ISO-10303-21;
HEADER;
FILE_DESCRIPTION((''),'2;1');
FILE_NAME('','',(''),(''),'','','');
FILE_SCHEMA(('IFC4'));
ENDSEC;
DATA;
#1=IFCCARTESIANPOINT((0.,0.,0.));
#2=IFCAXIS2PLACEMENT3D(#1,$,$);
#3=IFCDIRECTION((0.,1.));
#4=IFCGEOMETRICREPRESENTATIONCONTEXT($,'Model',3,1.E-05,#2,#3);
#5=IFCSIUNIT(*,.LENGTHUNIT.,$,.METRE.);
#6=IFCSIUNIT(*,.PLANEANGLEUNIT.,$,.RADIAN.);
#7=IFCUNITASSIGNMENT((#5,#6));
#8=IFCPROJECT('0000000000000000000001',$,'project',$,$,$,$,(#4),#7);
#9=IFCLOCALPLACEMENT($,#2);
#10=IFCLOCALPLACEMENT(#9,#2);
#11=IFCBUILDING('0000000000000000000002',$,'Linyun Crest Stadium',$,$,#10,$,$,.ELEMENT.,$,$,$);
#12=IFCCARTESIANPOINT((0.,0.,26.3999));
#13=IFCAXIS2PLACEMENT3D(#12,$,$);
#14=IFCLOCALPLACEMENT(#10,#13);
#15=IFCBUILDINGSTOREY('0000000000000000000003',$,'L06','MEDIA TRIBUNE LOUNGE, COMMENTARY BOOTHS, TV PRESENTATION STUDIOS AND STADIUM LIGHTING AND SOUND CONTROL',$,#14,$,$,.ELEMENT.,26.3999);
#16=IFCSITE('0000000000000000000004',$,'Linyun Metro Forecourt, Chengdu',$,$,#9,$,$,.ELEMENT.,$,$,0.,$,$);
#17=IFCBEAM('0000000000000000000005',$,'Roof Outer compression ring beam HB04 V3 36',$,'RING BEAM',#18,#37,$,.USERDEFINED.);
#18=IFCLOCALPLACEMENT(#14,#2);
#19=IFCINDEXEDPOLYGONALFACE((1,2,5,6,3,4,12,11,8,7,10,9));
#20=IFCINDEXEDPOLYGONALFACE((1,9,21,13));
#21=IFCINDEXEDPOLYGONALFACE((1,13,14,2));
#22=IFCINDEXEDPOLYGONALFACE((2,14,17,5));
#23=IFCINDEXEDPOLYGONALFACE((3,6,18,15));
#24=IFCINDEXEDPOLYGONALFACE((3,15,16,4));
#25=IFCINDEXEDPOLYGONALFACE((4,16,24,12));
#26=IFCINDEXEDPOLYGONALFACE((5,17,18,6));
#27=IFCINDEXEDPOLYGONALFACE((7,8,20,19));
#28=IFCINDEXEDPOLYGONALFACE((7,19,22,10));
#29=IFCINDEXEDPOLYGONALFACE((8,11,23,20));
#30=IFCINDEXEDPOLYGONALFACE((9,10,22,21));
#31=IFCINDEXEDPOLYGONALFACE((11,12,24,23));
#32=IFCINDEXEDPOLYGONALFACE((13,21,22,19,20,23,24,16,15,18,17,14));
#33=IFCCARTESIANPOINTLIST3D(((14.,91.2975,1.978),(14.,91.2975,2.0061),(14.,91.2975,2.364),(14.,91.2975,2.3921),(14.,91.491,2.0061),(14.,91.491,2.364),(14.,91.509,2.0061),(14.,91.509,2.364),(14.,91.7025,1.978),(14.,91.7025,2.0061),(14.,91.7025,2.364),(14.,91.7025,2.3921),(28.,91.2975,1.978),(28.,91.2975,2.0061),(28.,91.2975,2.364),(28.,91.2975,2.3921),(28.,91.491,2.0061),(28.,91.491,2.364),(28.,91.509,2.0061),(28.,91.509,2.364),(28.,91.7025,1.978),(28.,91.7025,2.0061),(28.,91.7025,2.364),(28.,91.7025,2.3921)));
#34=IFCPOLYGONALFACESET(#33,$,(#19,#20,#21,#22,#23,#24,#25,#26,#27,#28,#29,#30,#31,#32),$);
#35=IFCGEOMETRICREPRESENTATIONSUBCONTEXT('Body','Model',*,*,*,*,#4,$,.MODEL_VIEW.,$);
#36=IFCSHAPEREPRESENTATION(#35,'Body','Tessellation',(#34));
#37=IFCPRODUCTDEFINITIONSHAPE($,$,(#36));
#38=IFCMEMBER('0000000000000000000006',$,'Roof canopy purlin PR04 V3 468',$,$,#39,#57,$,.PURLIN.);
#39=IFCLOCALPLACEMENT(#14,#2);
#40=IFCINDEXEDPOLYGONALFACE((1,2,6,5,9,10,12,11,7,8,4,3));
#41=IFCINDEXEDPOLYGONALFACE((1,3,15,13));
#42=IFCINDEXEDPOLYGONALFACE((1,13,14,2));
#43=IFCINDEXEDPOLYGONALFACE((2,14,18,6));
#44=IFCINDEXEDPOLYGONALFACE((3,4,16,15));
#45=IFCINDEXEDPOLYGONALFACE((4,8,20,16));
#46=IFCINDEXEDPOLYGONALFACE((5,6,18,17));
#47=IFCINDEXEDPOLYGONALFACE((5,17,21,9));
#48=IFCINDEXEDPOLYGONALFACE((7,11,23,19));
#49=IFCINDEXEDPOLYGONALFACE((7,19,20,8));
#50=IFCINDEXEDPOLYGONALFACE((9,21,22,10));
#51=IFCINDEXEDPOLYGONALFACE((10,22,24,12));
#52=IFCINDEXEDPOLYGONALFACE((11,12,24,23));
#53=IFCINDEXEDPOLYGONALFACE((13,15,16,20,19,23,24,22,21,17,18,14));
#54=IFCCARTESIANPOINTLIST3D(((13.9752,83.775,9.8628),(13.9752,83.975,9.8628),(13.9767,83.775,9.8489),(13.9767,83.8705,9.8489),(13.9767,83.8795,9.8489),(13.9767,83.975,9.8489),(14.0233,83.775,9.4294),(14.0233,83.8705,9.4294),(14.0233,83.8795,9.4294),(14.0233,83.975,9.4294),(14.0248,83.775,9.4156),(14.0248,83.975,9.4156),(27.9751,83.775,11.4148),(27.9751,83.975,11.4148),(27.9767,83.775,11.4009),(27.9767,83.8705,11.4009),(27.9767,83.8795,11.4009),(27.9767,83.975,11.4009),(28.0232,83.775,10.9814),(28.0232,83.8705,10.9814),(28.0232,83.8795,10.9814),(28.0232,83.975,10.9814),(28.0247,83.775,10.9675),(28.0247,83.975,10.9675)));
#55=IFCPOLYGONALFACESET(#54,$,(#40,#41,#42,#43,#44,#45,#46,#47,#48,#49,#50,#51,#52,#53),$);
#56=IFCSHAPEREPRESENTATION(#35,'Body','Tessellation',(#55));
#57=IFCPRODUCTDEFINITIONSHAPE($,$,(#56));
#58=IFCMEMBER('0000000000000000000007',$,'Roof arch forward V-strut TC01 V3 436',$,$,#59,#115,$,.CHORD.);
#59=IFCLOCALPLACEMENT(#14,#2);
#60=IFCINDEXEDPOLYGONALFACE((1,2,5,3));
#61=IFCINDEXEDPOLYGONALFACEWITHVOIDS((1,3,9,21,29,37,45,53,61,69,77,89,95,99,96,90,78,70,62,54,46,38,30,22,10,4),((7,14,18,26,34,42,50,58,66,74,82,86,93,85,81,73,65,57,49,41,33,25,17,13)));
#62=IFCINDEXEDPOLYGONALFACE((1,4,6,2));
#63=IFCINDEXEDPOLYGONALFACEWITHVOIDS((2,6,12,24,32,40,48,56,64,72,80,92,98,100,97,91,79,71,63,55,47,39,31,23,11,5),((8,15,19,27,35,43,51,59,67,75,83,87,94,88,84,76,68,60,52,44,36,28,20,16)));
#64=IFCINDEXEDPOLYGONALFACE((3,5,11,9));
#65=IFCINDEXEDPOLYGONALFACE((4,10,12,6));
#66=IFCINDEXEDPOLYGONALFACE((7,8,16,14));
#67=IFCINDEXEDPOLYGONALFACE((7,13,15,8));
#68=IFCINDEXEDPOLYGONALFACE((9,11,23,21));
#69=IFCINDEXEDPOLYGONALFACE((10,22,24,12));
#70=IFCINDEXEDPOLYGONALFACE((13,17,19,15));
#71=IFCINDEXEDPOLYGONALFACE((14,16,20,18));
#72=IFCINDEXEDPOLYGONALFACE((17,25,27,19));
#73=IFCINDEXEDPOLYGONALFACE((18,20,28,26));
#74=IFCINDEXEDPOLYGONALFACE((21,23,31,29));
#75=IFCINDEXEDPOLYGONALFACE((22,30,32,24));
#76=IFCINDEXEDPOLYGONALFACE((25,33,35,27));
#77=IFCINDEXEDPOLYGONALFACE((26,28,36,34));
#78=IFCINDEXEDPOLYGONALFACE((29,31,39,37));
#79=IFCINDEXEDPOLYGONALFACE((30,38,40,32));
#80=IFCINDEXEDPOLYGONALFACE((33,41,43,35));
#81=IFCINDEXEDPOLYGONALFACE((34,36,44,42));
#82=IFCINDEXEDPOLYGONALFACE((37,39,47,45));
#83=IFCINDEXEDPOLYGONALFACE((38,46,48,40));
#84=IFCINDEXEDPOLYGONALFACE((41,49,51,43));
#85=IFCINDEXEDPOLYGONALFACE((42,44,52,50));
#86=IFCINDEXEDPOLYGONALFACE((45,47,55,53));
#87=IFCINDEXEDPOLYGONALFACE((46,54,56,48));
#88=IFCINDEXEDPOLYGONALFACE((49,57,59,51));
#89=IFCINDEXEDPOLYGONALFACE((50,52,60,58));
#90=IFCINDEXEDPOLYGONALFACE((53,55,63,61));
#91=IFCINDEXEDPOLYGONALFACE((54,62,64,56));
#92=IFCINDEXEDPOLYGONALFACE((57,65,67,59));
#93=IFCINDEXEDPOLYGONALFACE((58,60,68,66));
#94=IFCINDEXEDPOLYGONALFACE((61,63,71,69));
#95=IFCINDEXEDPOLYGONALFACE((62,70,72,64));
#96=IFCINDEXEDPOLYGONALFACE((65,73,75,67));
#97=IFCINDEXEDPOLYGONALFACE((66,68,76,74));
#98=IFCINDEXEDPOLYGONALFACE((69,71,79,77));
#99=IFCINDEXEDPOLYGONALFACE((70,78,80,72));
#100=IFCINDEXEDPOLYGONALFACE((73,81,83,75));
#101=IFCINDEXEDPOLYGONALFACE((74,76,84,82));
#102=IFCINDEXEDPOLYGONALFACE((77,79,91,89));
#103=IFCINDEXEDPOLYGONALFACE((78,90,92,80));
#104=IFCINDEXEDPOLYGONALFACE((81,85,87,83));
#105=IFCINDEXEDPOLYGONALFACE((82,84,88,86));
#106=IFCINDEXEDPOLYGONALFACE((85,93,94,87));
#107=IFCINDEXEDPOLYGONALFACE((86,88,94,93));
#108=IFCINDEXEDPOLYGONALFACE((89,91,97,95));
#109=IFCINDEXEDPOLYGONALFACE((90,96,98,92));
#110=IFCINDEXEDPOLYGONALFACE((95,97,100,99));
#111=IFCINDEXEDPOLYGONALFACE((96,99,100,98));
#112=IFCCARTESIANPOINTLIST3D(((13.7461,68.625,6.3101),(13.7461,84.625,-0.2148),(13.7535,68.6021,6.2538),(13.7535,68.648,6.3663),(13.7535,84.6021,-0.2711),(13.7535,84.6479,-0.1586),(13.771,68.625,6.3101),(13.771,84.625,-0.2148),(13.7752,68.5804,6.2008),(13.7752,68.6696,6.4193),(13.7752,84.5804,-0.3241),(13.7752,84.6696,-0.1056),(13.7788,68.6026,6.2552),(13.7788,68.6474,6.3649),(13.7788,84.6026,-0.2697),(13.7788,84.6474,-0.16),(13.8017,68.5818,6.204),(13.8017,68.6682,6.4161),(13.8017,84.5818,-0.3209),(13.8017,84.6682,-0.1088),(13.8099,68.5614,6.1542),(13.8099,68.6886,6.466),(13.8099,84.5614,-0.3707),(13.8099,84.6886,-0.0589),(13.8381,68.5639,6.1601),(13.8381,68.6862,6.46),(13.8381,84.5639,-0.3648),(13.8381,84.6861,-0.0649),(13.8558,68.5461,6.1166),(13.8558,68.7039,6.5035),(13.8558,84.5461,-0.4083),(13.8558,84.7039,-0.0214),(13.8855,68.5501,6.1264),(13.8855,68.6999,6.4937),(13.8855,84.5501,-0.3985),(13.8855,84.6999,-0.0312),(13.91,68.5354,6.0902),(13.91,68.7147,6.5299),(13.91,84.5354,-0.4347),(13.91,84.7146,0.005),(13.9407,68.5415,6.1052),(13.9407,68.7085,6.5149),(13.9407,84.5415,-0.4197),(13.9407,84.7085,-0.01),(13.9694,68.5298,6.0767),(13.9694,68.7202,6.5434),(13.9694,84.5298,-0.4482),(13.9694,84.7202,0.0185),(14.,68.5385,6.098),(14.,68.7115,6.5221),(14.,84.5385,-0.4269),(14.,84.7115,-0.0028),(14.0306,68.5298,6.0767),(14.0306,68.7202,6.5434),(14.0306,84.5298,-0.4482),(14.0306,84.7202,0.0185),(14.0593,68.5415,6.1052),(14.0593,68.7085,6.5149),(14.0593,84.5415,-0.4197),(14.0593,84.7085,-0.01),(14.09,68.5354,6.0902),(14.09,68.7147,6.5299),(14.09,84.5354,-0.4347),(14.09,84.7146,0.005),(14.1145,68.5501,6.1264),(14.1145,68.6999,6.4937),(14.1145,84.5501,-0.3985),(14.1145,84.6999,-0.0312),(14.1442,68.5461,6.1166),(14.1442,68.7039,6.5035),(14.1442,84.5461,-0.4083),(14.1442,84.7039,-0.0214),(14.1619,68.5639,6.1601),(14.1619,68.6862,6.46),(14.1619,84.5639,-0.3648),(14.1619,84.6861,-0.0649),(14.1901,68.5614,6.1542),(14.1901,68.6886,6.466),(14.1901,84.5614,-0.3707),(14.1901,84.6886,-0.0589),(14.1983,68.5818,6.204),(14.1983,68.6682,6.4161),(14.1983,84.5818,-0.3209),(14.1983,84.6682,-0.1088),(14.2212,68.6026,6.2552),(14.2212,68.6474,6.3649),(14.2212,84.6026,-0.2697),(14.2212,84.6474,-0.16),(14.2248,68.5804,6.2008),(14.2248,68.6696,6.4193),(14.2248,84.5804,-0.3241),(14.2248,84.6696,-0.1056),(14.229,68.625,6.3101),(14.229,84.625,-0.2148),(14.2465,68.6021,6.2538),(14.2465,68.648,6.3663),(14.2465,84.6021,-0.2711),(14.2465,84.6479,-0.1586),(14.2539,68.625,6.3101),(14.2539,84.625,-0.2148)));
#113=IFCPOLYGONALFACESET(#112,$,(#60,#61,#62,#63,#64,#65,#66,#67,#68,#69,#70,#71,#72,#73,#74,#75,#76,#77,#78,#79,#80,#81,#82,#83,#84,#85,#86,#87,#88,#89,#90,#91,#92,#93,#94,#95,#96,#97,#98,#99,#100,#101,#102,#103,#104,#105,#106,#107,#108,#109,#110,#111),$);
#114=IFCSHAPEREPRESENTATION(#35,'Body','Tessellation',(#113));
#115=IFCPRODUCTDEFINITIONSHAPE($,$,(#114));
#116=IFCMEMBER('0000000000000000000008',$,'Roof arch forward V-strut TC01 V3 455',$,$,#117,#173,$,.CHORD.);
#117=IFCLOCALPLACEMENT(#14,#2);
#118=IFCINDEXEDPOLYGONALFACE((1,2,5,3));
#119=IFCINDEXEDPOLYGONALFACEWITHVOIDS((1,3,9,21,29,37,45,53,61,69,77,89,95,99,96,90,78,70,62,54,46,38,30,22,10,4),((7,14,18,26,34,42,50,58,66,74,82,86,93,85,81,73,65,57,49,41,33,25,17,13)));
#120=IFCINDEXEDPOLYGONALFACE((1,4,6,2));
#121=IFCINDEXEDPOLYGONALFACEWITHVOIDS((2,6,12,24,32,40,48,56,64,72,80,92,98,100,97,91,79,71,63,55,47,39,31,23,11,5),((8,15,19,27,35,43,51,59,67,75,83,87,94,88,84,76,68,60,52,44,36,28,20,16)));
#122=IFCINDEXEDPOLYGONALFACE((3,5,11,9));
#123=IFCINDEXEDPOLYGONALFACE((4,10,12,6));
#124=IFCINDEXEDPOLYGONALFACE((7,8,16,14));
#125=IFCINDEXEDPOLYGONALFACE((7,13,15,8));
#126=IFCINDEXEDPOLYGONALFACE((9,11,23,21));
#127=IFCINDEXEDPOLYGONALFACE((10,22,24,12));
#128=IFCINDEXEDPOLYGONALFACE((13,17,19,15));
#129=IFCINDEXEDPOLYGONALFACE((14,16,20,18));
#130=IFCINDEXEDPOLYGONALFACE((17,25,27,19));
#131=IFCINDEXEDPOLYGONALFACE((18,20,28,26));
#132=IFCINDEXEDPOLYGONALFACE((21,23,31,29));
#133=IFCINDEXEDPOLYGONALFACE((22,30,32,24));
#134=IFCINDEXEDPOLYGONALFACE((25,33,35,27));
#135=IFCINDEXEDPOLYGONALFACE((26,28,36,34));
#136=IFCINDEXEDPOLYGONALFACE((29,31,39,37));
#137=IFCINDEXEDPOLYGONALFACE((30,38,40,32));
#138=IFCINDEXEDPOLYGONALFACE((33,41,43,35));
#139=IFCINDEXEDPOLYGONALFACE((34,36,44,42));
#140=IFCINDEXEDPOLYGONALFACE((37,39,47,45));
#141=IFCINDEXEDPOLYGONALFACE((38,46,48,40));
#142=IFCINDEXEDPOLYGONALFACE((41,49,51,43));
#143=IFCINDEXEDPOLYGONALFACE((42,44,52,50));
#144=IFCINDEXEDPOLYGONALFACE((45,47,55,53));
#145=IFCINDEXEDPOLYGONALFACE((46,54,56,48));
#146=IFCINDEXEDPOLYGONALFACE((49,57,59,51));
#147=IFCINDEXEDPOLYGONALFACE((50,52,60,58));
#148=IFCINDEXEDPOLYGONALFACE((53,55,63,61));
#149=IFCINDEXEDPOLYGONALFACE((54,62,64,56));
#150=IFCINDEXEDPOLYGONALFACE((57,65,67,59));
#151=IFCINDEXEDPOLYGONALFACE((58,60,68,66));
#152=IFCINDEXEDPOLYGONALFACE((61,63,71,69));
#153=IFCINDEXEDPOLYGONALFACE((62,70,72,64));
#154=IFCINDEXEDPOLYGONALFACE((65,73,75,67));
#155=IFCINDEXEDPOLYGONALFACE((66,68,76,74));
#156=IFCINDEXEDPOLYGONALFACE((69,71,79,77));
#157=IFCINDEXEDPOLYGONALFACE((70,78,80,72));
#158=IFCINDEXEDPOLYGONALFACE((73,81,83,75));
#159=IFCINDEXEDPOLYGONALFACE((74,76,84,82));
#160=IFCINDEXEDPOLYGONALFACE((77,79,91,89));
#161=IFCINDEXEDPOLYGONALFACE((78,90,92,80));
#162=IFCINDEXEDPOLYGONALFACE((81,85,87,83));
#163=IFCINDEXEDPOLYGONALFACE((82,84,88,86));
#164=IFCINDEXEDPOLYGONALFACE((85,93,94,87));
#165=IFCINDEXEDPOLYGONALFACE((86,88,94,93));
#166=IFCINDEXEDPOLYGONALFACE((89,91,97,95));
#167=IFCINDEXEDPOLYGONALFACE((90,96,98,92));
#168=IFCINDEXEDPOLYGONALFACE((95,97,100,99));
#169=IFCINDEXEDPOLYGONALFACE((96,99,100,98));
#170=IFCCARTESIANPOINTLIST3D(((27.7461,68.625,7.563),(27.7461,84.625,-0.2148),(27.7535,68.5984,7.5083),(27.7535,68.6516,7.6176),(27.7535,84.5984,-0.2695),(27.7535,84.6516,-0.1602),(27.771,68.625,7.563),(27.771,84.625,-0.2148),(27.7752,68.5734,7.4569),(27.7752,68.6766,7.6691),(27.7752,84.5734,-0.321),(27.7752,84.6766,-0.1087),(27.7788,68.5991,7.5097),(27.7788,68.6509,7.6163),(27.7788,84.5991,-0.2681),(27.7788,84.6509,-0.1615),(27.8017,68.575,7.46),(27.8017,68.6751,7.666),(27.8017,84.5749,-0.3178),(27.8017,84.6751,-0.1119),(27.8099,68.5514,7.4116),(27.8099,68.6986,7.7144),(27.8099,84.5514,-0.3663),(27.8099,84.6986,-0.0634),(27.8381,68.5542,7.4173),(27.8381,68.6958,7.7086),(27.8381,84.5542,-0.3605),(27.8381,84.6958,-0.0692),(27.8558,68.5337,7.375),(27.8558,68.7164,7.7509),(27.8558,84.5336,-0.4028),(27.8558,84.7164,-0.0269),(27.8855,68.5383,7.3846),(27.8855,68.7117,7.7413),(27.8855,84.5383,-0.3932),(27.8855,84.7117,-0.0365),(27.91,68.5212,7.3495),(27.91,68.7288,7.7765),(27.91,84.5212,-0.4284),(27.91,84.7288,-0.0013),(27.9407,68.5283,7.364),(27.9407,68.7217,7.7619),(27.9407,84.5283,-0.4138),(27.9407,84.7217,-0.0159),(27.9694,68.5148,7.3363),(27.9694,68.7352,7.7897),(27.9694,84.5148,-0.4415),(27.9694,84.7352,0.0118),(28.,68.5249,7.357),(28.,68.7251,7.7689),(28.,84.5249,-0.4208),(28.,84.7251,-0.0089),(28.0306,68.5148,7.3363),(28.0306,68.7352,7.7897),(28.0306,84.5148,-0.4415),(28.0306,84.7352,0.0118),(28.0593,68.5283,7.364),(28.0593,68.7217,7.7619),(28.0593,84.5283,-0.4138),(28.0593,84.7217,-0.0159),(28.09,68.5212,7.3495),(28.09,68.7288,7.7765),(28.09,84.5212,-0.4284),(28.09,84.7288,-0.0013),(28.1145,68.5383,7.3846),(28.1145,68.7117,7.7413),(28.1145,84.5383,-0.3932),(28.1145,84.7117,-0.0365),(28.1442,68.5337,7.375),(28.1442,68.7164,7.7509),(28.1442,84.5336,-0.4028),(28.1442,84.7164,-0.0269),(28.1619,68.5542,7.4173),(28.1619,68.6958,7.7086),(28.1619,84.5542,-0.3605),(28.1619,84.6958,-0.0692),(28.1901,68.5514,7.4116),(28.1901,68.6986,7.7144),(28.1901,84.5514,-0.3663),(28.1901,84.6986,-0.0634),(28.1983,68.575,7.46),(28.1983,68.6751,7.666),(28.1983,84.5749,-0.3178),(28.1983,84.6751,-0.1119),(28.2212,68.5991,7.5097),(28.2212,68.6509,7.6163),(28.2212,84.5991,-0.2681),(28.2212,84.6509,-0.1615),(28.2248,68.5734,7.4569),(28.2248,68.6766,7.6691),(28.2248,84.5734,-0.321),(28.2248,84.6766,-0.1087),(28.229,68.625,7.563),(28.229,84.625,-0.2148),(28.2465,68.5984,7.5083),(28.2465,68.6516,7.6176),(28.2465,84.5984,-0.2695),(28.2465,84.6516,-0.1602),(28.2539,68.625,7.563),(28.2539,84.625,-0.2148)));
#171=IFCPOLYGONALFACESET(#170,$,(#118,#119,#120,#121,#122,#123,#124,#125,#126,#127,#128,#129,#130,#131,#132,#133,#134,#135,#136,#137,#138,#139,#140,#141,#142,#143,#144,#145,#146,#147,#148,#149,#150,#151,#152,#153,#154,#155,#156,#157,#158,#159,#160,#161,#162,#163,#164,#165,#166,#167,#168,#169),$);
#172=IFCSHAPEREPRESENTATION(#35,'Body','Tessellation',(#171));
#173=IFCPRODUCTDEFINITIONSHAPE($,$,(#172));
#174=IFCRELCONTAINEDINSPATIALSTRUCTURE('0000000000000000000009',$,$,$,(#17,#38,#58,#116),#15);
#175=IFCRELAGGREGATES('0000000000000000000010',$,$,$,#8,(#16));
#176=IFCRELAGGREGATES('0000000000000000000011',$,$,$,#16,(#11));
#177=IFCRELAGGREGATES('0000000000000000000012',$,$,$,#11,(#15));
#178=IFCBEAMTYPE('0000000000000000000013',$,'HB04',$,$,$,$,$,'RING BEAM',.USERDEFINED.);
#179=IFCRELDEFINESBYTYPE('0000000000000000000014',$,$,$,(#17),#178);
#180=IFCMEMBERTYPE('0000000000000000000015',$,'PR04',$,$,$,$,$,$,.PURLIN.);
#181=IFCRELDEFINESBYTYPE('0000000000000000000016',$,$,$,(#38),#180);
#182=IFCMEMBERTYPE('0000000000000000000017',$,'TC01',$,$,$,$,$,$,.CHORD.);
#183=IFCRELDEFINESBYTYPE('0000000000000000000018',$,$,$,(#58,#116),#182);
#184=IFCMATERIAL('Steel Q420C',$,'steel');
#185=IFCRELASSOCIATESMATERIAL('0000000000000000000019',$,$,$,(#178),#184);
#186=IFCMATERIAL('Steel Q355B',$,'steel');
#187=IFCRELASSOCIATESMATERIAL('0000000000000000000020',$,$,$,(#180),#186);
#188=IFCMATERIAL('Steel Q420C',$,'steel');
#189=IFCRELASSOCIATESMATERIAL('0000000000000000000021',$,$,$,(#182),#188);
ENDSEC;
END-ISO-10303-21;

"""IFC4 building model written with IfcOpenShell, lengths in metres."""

from ifc_helpers import new_model, si_unit, direction, frame, origin, origin_2d, place, context, subcontext, project, spatial, hollow_circle, i_section, extrude, material, material_profile, profile_set, type_object, element, save


model = new_model("IFC4")

# Units and contexts
model_context = context("Model", 3, precision=1e-05, world=origin(), true_north=direction((0.0, 1.0)))
body_context = subcontext(model_context, "Body", "Model", "MODEL_VIEW")
ifc_project = project(units=[si_unit("LENGTHUNIT", "METRE"), si_unit("PLANEANGLEUNIT", "RADIAN")], contexts=[model_context])

# Site, building, storey
site_placement = place(None, origin())
site = spatial("IfcSite", under=ifc_project, at=site_placement, Name="Linyun Metro Forecourt, Chengdu", CompositionType="ELEMENT", RefElevation=0.0)
building_placement = place(site_placement, origin())
building = spatial("IfcBuilding", under=site, at=building_placement, Name="Linyun Crest Stadium", CompositionType="ELEMENT")
storey_placement = place(building_placement, frame((0.0, 0.0, 26.3999)))
storey = spatial("IfcBuildingStorey", under=building, at=storey_placement, Name="L06", Description="MEDIA TRIBUNE LOUNGE, COMMENTARY BOOTHS, TV PRESENTATION STUDIOS AND STADIUM LIGHTING AND SOUND CONTROL", CompositionType="ELEMENT", Elevation=26.3999)

# Beam
ifc_material_1 = material(Name="Steel Q420C", Category="steel")
ifc_material_profile_1 = material_profile(ifc_material_1, i_section(OverallWidth=0.405, OverallDepth=0.4141, WebThickness=0.0181, FlangeThickness=0.0281, at=origin_2d()), Name="HW 414x405")
ifc_profile_set_1 = profile_set([ifc_material_profile_1], Name="Steel Q420C")
beam_type = type_object("IfcBeamType", Name="HB04", ElementType="RING BEAM", PredefinedType="USERDEFINED", material=ifc_profile_set_1)
beam_placement = place(storey_placement, frame((14.0, 91.5, 2.1851), z_axis=(1.0, 0.0, 0.0), x_axis=(0.0, 1.0, 0.0)))
element("IfcBeam", 1, at=beam_placement, inside=storey, type_object=beam_type, Name="Roof Outer compression ring beam HB04 V3 36", ObjectType="RING BEAM", PredefinedType="USERDEFINED", context=body_context, shape_type="SweptSolid", body=[
    extrude(i_section(OverallWidth=0.405, OverallDepth=0.4141, WebThickness=0.0181, FlangeThickness=0.0281, at=origin_2d()), origin(), (0.0, 0.0, 1.0), 14.0),
])

# Members
ifc_material_2 = material(Name="Steel Q355B", Category="steel")
ifc_material_profile_2 = material_profile(ifc_material_2, i_section(OverallWidth=0.2, OverallDepth=0.45, WebThickness=0.009, FlangeThickness=0.0139, at=origin_2d()), Name="HN 450x200")
ifc_profile_set_2 = profile_set([ifc_material_profile_2], Name="Steel Q355B")
member_type_1 = type_object("IfcMemberType", Name="PR04", PredefinedType="PURLIN", material=ifc_profile_set_2)
member_1_placement = place(storey_placement, frame((14.0, 83.875, 9.6392), z_axis=(0.993911, 0.0, 0.110182), x_axis=(0.0, 1.0, 0.0)))
element("IfcMember", 2, at=member_1_placement, inside=storey, type_object=member_type_1, Name="Roof canopy purlin PR04 V3 468", PredefinedType="PURLIN", context=body_context, shape_type="SweptSolid", body=[
    extrude(i_section(OverallWidth=0.2, OverallDepth=0.45, WebThickness=0.009, FlangeThickness=0.0139, at=origin_2d()), origin(), (0.0, 0.0, 1.0), 14.0857),
])
ifc_material_3 = material(Name="Steel Q420C", Category="steel")
ifc_material_profile_3 = material_profile(ifc_material_3, hollow_circle(Radius=0.2539, WallThickness=0.0249, at=origin_2d()), Name="CHS 508x25")
ifc_profile_set_3 = profile_set([ifc_material_profile_3], Name="Steel Q420C")
member_type_2 = type_object("IfcMemberType", Name="TC01", PredefinedType="CHORD", material=ifc_profile_set_3)
member_2_placement = place(storey_placement, frame((14.0, 84.625, -0.2148), z_axis=(0.0, -0.925963, 0.377614), x_axis=(1.0, 0.0, 0.0)))
element("IfcMember", 3, at=member_2_placement, inside=storey, type_object=member_type_2, Name="Roof arch forward V-strut TC01 V3 436", PredefinedType="CHORD", context=body_context, shape_type="SweptSolid", body=[
    extrude(hollow_circle(Radius=0.2539, WallThickness=0.0249, at=origin_2d()), origin(), (0.0, 0.0, 1.0), 17.2793),
])
member_3_placement = place(storey_placement, frame((28.0, 84.625, -0.2148), z_axis=(0.0, -0.899367, 0.437195), x_axis=(1.0, 0.0, 0.0)))
element("IfcMember", 4, at=member_3_placement, inside=storey, type_object=member_type_2, Name="Roof arch forward V-strut TC01 V3 455", PredefinedType="CHORD", context=body_context, shape_type="SweptSolid", body=[
    extrude(hollow_circle(Radius=0.2539, WallThickness=0.0249, at=origin_2d()), origin(), (0.0, 0.0, 1.0), 17.7903),
])

save(model, "model.ifc")
